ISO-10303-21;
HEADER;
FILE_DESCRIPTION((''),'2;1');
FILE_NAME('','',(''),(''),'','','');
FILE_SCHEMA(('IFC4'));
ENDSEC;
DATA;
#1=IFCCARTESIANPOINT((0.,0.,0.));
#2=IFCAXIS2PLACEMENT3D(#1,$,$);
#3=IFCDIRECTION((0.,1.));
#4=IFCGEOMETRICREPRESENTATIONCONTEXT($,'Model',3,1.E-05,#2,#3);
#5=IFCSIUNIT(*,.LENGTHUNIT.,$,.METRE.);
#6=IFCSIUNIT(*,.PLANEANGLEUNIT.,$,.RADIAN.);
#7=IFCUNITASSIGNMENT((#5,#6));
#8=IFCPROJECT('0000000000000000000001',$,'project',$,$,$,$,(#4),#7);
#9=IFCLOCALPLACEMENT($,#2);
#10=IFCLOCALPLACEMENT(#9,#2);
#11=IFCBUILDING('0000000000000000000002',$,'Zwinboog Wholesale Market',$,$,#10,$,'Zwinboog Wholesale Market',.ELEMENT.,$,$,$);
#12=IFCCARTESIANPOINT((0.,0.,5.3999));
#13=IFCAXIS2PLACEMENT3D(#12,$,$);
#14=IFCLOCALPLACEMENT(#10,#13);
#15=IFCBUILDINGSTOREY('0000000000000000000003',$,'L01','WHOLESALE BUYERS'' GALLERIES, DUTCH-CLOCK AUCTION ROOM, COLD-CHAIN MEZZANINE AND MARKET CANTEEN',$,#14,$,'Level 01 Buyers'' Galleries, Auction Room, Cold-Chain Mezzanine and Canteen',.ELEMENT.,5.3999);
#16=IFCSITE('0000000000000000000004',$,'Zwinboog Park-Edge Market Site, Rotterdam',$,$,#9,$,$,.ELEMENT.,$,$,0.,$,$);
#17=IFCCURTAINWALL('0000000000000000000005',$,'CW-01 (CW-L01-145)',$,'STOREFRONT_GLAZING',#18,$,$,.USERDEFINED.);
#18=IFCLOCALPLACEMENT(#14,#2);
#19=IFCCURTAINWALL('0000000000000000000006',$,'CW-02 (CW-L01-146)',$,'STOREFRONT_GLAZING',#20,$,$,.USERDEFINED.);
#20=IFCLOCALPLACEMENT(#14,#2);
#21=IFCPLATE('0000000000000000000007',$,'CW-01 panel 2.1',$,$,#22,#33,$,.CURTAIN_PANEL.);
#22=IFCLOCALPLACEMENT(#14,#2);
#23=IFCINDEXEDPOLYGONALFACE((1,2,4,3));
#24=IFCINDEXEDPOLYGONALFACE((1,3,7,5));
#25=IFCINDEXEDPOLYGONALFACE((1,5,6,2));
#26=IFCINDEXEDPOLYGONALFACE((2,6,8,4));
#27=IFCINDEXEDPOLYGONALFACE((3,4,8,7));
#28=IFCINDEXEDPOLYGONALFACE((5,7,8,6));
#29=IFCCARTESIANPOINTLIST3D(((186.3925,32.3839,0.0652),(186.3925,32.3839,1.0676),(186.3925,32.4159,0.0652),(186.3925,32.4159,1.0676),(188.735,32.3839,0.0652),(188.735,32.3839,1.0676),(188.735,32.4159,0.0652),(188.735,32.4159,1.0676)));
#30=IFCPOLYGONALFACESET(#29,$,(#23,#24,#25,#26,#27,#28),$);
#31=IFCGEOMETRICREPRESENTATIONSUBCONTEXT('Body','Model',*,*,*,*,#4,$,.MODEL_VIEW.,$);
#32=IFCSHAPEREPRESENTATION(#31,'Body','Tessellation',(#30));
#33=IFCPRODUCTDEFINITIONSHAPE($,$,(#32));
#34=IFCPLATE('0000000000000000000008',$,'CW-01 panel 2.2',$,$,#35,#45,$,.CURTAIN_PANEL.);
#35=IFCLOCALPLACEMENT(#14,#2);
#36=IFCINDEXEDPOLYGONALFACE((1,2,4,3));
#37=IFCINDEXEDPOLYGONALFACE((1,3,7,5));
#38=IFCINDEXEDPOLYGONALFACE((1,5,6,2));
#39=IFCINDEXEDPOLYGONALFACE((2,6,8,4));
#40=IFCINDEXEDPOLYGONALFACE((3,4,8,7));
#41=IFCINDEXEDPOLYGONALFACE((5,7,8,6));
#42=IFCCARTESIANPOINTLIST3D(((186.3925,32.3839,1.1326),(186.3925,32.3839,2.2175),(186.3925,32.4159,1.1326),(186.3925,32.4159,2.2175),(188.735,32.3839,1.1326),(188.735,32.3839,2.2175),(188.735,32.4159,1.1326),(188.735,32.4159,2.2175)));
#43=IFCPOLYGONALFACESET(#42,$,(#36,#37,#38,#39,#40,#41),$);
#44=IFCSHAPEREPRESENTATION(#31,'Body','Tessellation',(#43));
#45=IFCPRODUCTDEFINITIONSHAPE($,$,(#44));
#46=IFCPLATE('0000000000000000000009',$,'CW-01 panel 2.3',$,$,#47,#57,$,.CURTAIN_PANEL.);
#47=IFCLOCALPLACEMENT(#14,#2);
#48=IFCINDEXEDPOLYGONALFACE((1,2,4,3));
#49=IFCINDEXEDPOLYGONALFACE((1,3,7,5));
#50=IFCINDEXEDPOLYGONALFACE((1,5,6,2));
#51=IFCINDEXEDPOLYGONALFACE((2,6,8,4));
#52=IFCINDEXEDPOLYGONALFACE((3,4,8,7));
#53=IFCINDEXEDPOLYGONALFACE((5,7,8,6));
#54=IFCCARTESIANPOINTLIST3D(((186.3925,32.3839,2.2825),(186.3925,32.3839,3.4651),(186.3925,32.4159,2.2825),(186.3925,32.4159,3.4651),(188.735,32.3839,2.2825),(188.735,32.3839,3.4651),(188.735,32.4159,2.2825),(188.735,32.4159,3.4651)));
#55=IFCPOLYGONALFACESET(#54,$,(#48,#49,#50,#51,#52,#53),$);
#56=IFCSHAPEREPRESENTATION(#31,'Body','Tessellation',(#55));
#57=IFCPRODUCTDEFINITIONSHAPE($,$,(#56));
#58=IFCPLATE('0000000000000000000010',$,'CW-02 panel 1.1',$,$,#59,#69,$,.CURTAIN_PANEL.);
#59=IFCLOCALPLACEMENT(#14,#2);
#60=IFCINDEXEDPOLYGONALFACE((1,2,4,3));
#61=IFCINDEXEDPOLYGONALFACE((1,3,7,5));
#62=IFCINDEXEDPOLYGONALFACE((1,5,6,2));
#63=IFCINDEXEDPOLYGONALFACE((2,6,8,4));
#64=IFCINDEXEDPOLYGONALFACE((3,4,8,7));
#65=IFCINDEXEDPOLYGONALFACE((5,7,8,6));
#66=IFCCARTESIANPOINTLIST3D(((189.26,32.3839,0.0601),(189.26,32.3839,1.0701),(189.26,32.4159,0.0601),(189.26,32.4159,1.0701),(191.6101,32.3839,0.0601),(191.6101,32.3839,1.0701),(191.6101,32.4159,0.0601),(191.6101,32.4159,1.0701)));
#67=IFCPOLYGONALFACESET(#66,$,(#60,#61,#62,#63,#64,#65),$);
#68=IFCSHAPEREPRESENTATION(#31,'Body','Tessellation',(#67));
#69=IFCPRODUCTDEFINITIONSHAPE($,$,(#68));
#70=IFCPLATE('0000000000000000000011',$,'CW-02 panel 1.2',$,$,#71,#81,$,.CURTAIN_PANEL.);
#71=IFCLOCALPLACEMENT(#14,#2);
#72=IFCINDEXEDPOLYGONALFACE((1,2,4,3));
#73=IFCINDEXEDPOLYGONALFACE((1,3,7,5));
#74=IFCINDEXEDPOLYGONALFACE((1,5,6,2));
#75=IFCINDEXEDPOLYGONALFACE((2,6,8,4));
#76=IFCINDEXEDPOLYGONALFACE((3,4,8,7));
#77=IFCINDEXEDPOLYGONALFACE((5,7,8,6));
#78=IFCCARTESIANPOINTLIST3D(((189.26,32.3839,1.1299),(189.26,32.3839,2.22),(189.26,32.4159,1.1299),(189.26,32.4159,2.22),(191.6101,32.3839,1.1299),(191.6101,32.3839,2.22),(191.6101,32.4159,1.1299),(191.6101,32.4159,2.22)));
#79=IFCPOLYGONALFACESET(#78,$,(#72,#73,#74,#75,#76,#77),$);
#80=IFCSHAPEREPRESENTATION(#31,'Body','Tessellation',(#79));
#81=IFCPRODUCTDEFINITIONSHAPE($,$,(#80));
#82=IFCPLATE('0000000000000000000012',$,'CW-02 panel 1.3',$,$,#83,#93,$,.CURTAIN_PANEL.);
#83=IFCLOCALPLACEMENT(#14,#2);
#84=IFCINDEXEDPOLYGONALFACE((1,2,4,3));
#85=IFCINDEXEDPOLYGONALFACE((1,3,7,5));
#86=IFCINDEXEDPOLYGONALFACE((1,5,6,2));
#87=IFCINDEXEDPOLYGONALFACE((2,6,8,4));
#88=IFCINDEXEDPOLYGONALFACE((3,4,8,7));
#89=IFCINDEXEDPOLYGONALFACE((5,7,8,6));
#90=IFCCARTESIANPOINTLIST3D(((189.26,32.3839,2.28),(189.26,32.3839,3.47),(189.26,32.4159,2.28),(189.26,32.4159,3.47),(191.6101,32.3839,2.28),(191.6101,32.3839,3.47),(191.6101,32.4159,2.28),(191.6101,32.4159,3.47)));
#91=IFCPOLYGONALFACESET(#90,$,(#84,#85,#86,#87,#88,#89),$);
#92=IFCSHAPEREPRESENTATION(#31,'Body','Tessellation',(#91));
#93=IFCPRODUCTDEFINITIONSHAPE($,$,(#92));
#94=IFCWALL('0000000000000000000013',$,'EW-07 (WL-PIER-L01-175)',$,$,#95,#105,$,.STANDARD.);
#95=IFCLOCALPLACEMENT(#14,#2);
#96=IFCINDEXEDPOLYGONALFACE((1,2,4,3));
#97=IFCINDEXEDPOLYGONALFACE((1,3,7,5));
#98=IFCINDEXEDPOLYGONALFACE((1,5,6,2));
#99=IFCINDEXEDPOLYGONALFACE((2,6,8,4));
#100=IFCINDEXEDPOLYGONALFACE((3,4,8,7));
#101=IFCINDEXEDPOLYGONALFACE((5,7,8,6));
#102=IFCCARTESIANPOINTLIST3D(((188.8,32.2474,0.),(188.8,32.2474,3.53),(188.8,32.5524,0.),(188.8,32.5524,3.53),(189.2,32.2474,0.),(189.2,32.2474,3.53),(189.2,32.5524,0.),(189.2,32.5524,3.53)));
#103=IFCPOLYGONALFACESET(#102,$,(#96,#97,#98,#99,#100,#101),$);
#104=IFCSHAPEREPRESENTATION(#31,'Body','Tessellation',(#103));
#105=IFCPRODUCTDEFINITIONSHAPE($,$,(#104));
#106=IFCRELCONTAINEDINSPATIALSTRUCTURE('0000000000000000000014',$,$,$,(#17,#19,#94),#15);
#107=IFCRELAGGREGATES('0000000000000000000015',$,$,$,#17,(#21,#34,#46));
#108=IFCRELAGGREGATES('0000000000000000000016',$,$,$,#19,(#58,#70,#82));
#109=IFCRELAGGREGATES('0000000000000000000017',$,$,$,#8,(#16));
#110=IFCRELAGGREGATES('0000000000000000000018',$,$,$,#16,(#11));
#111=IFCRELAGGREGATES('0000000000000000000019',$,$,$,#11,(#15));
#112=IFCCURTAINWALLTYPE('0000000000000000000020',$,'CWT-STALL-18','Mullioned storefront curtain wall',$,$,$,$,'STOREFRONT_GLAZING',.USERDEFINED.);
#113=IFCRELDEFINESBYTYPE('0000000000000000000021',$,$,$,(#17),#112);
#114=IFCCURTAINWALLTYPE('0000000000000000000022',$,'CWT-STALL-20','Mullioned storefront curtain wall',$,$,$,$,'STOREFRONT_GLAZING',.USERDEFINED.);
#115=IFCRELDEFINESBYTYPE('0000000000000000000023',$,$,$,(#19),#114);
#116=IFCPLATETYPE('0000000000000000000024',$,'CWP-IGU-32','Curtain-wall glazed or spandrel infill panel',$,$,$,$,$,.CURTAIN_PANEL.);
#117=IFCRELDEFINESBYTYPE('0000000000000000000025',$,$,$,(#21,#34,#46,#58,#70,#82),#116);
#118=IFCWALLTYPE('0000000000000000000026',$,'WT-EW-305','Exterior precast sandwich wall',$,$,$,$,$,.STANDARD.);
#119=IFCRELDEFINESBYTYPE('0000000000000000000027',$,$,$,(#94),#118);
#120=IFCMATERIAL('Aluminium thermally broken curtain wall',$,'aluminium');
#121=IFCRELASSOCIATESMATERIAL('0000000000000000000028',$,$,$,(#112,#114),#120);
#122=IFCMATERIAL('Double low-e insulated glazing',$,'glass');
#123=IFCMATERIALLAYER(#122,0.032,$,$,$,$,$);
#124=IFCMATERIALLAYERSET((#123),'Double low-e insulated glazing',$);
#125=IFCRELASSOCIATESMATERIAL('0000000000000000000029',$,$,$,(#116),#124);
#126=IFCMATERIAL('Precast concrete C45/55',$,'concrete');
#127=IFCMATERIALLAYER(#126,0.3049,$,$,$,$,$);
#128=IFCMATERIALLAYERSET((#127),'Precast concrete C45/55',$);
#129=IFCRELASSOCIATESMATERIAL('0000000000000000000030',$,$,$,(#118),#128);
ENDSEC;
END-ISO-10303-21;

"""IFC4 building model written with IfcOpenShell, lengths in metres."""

from ifc_helpers import new_model, si_unit, direction, frame, frame_2d, origin, origin_2d, place, context, subcontext, project, spatial, rectangle, extrude, material, layer, layer_set, type_object, element, aggregate, save


model = new_model("IFC4")

# Units and contexts
model_context = context("Model", 3, precision=1e-05, world=origin(), true_north=direction((0.0, 1.0)))
body_context = subcontext(model_context, "Body", "Model", "MODEL_VIEW")
ifc_project = project(units=[si_unit("LENGTHUNIT", "METRE"), si_unit("PLANEANGLEUNIT", "RADIAN")], contexts=[model_context])

# Site, building, storey
site_placement = place(None, origin())
site = spatial("IfcSite", under=ifc_project, at=site_placement, Name="Zwinboog Park-Edge Market Site, Rotterdam", CompositionType="ELEMENT", RefElevation=0.0)
building_placement = place(site_placement, origin())
building = spatial("IfcBuilding", under=site, at=building_placement, Name="Zwinboog Wholesale Market", LongName="Zwinboog Wholesale Market", CompositionType="ELEMENT")
storey_placement = place(building_placement, frame((0.0, 0.0, 5.3999)))
storey = spatial("IfcBuildingStorey", under=building, at=storey_placement, Name="L01", Description="WHOLESALE BUYERS' GALLERIES, DUTCH-CLOCK AUCTION ROOM, COLD-CHAIN MEZZANINE AND MARKET CANTEEN", LongName="Level 01 Buyers' Galleries, Auction Room, Cold-Chain Mezzanine and Canteen", CompositionType="ELEMENT", Elevation=5.3999)

# Curtain walls
ifc_material_1 = material(Name="Aluminium thermally broken curtain wall", Category="aluminium")
curtain_wall_type_1 = type_object("IfcCurtainWallType", Name="CWT-STALL-18", Description="Mullioned storefront curtain wall", ElementType="STOREFRONT_GLAZING", PredefinedType="USERDEFINED", material=ifc_material_1)
curtain_wall_1_placement = place(storey_placement, origin())
curtain_wall_1 = element("IfcCurtainWall", 1, at=curtain_wall_1_placement, inside=storey, type_object=curtain_wall_type_1, Name="CW-01 (CW-L01-145)", ObjectType="STOREFRONT_GLAZING", PredefinedType="USERDEFINED")
curtain_wall_type_2 = type_object("IfcCurtainWallType", Name="CWT-STALL-20", Description="Mullioned storefront curtain wall", ElementType="STOREFRONT_GLAZING", PredefinedType="USERDEFINED", material=ifc_material_1)
curtain_wall_2_placement = place(storey_placement, origin())
curtain_wall_2 = element("IfcCurtainWall", 2, at=curtain_wall_2_placement, inside=storey, type_object=curtain_wall_type_2, Name="CW-02 (CW-L01-146)", ObjectType="STOREFRONT_GLAZING", PredefinedType="USERDEFINED")

# Plates
ifc_material_2 = material(Name="Double low-e insulated glazing", Category="glass")
ifc_layer_1 = layer(ifc_material_2, 0.032)
ifc_layer_set_1 = layer_set([ifc_layer_1], Name="Double low-e insulated glazing")
plate_type = type_object("IfcPlateType", Name="CWP-IGU-32", Description="Curtain-wall glazed or spandrel infill panel", PredefinedType="CURTAIN_PANEL", material=ifc_layer_set_1)
plate_1_placement = place(storey_placement, frame((187.5637, 32.3999, 0.0652), z_axis=(0.0, 0.0, 1.0), x_axis=(1.0, 0.0, 0.0)))
plate_1 = element("IfcPlate", 3, at=plate_1_placement, type_object=plate_type, Name="CW-01 panel 2.1", PredefinedType="CURTAIN_PANEL", context=body_context, shape_type="SweptSolid", body=[
    extrude(rectangle(XDim=2.3425, YDim=0.032, at=origin_2d()), origin(), (0.0, 0.0, 1.0), 1.0024),
])
plate_2_placement = place(storey_placement, frame((187.5637, 32.3999, 1.1326), z_axis=(0.0, 0.0, 1.0), x_axis=(1.0, 0.0, 0.0)))
plate_2 = element("IfcPlate", 4, at=plate_2_placement, type_object=plate_type, Name="CW-01 panel 2.2", PredefinedType="CURTAIN_PANEL", context=body_context, shape_type="SweptSolid", body=[
    extrude(rectangle(XDim=2.3425, YDim=0.032, at=origin_2d()), origin(), (0.0, 0.0, 1.0), 1.085),
])
plate_3_placement = place(storey_placement, frame((187.5637, 32.3999, 2.2825), z_axis=(0.0, 0.0, 1.0), x_axis=(1.0, 0.0, 0.0)))
plate_3 = element("IfcPlate", 5, at=plate_3_placement, type_object=plate_type, Name="CW-01 panel 2.3", PredefinedType="CURTAIN_PANEL", context=body_context, shape_type="SweptSolid", body=[
    extrude(rectangle(XDim=2.3425, YDim=0.032, at=origin_2d()), origin(), (0.0, 0.0, 1.0), 1.1826),
])
aggregate(curtain_wall_1, [plate_1, plate_2, plate_3])
plate_4_placement = place(storey_placement, frame((190.4351, 32.3999, 0.0601), z_axis=(0.0, 0.0, 1.0), x_axis=(1.0, 0.0, 0.0)))
plate_4 = element("IfcPlate", 6, at=plate_4_placement, type_object=plate_type, Name="CW-02 panel 1.1", PredefinedType="CURTAIN_PANEL", context=body_context, shape_type="SweptSolid", body=[
    extrude(rectangle(XDim=2.3501, YDim=0.032, at=origin_2d()), origin(), (0.0, 0.0, 1.0), 1.01),
])
plate_5_placement = place(storey_placement, frame((190.4351, 32.3999, 1.1299), z_axis=(0.0, 0.0, 1.0), x_axis=(1.0, 0.0, 0.0)))
plate_5 = element("IfcPlate", 7, at=plate_5_placement, type_object=plate_type, Name="CW-02 panel 1.2", PredefinedType="CURTAIN_PANEL", context=body_context, shape_type="SweptSolid", body=[
    extrude(rectangle(XDim=2.3501, YDim=0.032, at=origin_2d()), origin(), (0.0, 0.0, 1.0), 1.0901),
])
plate_6_placement = place(storey_placement, frame((190.4351, 32.3999, 2.28), z_axis=(0.0, 0.0, 1.0), x_axis=(1.0, 0.0, 0.0)))
plate_6 = element("IfcPlate", 8, at=plate_6_placement, type_object=plate_type, Name="CW-02 panel 1.3", PredefinedType="CURTAIN_PANEL", context=body_context, shape_type="SweptSolid", body=[
    extrude(rectangle(XDim=2.3501, YDim=0.032, at=origin_2d()), origin(), (0.0, 0.0, 1.0), 1.1899),
])
aggregate(curtain_wall_2, [plate_4, plate_5, plate_6])

# Wall
ifc_material_3 = material(Name="Precast concrete C45/55", Category="concrete")
ifc_layer_2 = layer(ifc_material_3, 0.3049)
ifc_layer_set_2 = layer_set([ifc_layer_2], Name="Precast concrete C45/55")
wall_type = type_object("IfcWallType", Name="WT-EW-305", Description="Exterior precast sandwich wall", PredefinedType="STANDARD", material=ifc_layer_set_2)
wall_placement = place(storey_placement, frame((188.8, 32.3999, 0.0), z_axis=(0.0, 0.0, 1.0), x_axis=(1.0, 0.0, 0.0)))
element("IfcWall", 9, at=wall_placement, inside=storey, type_object=wall_type, Name="EW-07 (WL-PIER-L01-175)", PredefinedType="STANDARD", context=body_context, shape_type="SweptSolid", body=[
    extrude(rectangle(XDim=0.3999, YDim=0.3049, at=frame_2d((0.2, 0.0))), origin(), (0.0, 0.0, 1.0), 3.53),
])

save(model, "model.ifc")
